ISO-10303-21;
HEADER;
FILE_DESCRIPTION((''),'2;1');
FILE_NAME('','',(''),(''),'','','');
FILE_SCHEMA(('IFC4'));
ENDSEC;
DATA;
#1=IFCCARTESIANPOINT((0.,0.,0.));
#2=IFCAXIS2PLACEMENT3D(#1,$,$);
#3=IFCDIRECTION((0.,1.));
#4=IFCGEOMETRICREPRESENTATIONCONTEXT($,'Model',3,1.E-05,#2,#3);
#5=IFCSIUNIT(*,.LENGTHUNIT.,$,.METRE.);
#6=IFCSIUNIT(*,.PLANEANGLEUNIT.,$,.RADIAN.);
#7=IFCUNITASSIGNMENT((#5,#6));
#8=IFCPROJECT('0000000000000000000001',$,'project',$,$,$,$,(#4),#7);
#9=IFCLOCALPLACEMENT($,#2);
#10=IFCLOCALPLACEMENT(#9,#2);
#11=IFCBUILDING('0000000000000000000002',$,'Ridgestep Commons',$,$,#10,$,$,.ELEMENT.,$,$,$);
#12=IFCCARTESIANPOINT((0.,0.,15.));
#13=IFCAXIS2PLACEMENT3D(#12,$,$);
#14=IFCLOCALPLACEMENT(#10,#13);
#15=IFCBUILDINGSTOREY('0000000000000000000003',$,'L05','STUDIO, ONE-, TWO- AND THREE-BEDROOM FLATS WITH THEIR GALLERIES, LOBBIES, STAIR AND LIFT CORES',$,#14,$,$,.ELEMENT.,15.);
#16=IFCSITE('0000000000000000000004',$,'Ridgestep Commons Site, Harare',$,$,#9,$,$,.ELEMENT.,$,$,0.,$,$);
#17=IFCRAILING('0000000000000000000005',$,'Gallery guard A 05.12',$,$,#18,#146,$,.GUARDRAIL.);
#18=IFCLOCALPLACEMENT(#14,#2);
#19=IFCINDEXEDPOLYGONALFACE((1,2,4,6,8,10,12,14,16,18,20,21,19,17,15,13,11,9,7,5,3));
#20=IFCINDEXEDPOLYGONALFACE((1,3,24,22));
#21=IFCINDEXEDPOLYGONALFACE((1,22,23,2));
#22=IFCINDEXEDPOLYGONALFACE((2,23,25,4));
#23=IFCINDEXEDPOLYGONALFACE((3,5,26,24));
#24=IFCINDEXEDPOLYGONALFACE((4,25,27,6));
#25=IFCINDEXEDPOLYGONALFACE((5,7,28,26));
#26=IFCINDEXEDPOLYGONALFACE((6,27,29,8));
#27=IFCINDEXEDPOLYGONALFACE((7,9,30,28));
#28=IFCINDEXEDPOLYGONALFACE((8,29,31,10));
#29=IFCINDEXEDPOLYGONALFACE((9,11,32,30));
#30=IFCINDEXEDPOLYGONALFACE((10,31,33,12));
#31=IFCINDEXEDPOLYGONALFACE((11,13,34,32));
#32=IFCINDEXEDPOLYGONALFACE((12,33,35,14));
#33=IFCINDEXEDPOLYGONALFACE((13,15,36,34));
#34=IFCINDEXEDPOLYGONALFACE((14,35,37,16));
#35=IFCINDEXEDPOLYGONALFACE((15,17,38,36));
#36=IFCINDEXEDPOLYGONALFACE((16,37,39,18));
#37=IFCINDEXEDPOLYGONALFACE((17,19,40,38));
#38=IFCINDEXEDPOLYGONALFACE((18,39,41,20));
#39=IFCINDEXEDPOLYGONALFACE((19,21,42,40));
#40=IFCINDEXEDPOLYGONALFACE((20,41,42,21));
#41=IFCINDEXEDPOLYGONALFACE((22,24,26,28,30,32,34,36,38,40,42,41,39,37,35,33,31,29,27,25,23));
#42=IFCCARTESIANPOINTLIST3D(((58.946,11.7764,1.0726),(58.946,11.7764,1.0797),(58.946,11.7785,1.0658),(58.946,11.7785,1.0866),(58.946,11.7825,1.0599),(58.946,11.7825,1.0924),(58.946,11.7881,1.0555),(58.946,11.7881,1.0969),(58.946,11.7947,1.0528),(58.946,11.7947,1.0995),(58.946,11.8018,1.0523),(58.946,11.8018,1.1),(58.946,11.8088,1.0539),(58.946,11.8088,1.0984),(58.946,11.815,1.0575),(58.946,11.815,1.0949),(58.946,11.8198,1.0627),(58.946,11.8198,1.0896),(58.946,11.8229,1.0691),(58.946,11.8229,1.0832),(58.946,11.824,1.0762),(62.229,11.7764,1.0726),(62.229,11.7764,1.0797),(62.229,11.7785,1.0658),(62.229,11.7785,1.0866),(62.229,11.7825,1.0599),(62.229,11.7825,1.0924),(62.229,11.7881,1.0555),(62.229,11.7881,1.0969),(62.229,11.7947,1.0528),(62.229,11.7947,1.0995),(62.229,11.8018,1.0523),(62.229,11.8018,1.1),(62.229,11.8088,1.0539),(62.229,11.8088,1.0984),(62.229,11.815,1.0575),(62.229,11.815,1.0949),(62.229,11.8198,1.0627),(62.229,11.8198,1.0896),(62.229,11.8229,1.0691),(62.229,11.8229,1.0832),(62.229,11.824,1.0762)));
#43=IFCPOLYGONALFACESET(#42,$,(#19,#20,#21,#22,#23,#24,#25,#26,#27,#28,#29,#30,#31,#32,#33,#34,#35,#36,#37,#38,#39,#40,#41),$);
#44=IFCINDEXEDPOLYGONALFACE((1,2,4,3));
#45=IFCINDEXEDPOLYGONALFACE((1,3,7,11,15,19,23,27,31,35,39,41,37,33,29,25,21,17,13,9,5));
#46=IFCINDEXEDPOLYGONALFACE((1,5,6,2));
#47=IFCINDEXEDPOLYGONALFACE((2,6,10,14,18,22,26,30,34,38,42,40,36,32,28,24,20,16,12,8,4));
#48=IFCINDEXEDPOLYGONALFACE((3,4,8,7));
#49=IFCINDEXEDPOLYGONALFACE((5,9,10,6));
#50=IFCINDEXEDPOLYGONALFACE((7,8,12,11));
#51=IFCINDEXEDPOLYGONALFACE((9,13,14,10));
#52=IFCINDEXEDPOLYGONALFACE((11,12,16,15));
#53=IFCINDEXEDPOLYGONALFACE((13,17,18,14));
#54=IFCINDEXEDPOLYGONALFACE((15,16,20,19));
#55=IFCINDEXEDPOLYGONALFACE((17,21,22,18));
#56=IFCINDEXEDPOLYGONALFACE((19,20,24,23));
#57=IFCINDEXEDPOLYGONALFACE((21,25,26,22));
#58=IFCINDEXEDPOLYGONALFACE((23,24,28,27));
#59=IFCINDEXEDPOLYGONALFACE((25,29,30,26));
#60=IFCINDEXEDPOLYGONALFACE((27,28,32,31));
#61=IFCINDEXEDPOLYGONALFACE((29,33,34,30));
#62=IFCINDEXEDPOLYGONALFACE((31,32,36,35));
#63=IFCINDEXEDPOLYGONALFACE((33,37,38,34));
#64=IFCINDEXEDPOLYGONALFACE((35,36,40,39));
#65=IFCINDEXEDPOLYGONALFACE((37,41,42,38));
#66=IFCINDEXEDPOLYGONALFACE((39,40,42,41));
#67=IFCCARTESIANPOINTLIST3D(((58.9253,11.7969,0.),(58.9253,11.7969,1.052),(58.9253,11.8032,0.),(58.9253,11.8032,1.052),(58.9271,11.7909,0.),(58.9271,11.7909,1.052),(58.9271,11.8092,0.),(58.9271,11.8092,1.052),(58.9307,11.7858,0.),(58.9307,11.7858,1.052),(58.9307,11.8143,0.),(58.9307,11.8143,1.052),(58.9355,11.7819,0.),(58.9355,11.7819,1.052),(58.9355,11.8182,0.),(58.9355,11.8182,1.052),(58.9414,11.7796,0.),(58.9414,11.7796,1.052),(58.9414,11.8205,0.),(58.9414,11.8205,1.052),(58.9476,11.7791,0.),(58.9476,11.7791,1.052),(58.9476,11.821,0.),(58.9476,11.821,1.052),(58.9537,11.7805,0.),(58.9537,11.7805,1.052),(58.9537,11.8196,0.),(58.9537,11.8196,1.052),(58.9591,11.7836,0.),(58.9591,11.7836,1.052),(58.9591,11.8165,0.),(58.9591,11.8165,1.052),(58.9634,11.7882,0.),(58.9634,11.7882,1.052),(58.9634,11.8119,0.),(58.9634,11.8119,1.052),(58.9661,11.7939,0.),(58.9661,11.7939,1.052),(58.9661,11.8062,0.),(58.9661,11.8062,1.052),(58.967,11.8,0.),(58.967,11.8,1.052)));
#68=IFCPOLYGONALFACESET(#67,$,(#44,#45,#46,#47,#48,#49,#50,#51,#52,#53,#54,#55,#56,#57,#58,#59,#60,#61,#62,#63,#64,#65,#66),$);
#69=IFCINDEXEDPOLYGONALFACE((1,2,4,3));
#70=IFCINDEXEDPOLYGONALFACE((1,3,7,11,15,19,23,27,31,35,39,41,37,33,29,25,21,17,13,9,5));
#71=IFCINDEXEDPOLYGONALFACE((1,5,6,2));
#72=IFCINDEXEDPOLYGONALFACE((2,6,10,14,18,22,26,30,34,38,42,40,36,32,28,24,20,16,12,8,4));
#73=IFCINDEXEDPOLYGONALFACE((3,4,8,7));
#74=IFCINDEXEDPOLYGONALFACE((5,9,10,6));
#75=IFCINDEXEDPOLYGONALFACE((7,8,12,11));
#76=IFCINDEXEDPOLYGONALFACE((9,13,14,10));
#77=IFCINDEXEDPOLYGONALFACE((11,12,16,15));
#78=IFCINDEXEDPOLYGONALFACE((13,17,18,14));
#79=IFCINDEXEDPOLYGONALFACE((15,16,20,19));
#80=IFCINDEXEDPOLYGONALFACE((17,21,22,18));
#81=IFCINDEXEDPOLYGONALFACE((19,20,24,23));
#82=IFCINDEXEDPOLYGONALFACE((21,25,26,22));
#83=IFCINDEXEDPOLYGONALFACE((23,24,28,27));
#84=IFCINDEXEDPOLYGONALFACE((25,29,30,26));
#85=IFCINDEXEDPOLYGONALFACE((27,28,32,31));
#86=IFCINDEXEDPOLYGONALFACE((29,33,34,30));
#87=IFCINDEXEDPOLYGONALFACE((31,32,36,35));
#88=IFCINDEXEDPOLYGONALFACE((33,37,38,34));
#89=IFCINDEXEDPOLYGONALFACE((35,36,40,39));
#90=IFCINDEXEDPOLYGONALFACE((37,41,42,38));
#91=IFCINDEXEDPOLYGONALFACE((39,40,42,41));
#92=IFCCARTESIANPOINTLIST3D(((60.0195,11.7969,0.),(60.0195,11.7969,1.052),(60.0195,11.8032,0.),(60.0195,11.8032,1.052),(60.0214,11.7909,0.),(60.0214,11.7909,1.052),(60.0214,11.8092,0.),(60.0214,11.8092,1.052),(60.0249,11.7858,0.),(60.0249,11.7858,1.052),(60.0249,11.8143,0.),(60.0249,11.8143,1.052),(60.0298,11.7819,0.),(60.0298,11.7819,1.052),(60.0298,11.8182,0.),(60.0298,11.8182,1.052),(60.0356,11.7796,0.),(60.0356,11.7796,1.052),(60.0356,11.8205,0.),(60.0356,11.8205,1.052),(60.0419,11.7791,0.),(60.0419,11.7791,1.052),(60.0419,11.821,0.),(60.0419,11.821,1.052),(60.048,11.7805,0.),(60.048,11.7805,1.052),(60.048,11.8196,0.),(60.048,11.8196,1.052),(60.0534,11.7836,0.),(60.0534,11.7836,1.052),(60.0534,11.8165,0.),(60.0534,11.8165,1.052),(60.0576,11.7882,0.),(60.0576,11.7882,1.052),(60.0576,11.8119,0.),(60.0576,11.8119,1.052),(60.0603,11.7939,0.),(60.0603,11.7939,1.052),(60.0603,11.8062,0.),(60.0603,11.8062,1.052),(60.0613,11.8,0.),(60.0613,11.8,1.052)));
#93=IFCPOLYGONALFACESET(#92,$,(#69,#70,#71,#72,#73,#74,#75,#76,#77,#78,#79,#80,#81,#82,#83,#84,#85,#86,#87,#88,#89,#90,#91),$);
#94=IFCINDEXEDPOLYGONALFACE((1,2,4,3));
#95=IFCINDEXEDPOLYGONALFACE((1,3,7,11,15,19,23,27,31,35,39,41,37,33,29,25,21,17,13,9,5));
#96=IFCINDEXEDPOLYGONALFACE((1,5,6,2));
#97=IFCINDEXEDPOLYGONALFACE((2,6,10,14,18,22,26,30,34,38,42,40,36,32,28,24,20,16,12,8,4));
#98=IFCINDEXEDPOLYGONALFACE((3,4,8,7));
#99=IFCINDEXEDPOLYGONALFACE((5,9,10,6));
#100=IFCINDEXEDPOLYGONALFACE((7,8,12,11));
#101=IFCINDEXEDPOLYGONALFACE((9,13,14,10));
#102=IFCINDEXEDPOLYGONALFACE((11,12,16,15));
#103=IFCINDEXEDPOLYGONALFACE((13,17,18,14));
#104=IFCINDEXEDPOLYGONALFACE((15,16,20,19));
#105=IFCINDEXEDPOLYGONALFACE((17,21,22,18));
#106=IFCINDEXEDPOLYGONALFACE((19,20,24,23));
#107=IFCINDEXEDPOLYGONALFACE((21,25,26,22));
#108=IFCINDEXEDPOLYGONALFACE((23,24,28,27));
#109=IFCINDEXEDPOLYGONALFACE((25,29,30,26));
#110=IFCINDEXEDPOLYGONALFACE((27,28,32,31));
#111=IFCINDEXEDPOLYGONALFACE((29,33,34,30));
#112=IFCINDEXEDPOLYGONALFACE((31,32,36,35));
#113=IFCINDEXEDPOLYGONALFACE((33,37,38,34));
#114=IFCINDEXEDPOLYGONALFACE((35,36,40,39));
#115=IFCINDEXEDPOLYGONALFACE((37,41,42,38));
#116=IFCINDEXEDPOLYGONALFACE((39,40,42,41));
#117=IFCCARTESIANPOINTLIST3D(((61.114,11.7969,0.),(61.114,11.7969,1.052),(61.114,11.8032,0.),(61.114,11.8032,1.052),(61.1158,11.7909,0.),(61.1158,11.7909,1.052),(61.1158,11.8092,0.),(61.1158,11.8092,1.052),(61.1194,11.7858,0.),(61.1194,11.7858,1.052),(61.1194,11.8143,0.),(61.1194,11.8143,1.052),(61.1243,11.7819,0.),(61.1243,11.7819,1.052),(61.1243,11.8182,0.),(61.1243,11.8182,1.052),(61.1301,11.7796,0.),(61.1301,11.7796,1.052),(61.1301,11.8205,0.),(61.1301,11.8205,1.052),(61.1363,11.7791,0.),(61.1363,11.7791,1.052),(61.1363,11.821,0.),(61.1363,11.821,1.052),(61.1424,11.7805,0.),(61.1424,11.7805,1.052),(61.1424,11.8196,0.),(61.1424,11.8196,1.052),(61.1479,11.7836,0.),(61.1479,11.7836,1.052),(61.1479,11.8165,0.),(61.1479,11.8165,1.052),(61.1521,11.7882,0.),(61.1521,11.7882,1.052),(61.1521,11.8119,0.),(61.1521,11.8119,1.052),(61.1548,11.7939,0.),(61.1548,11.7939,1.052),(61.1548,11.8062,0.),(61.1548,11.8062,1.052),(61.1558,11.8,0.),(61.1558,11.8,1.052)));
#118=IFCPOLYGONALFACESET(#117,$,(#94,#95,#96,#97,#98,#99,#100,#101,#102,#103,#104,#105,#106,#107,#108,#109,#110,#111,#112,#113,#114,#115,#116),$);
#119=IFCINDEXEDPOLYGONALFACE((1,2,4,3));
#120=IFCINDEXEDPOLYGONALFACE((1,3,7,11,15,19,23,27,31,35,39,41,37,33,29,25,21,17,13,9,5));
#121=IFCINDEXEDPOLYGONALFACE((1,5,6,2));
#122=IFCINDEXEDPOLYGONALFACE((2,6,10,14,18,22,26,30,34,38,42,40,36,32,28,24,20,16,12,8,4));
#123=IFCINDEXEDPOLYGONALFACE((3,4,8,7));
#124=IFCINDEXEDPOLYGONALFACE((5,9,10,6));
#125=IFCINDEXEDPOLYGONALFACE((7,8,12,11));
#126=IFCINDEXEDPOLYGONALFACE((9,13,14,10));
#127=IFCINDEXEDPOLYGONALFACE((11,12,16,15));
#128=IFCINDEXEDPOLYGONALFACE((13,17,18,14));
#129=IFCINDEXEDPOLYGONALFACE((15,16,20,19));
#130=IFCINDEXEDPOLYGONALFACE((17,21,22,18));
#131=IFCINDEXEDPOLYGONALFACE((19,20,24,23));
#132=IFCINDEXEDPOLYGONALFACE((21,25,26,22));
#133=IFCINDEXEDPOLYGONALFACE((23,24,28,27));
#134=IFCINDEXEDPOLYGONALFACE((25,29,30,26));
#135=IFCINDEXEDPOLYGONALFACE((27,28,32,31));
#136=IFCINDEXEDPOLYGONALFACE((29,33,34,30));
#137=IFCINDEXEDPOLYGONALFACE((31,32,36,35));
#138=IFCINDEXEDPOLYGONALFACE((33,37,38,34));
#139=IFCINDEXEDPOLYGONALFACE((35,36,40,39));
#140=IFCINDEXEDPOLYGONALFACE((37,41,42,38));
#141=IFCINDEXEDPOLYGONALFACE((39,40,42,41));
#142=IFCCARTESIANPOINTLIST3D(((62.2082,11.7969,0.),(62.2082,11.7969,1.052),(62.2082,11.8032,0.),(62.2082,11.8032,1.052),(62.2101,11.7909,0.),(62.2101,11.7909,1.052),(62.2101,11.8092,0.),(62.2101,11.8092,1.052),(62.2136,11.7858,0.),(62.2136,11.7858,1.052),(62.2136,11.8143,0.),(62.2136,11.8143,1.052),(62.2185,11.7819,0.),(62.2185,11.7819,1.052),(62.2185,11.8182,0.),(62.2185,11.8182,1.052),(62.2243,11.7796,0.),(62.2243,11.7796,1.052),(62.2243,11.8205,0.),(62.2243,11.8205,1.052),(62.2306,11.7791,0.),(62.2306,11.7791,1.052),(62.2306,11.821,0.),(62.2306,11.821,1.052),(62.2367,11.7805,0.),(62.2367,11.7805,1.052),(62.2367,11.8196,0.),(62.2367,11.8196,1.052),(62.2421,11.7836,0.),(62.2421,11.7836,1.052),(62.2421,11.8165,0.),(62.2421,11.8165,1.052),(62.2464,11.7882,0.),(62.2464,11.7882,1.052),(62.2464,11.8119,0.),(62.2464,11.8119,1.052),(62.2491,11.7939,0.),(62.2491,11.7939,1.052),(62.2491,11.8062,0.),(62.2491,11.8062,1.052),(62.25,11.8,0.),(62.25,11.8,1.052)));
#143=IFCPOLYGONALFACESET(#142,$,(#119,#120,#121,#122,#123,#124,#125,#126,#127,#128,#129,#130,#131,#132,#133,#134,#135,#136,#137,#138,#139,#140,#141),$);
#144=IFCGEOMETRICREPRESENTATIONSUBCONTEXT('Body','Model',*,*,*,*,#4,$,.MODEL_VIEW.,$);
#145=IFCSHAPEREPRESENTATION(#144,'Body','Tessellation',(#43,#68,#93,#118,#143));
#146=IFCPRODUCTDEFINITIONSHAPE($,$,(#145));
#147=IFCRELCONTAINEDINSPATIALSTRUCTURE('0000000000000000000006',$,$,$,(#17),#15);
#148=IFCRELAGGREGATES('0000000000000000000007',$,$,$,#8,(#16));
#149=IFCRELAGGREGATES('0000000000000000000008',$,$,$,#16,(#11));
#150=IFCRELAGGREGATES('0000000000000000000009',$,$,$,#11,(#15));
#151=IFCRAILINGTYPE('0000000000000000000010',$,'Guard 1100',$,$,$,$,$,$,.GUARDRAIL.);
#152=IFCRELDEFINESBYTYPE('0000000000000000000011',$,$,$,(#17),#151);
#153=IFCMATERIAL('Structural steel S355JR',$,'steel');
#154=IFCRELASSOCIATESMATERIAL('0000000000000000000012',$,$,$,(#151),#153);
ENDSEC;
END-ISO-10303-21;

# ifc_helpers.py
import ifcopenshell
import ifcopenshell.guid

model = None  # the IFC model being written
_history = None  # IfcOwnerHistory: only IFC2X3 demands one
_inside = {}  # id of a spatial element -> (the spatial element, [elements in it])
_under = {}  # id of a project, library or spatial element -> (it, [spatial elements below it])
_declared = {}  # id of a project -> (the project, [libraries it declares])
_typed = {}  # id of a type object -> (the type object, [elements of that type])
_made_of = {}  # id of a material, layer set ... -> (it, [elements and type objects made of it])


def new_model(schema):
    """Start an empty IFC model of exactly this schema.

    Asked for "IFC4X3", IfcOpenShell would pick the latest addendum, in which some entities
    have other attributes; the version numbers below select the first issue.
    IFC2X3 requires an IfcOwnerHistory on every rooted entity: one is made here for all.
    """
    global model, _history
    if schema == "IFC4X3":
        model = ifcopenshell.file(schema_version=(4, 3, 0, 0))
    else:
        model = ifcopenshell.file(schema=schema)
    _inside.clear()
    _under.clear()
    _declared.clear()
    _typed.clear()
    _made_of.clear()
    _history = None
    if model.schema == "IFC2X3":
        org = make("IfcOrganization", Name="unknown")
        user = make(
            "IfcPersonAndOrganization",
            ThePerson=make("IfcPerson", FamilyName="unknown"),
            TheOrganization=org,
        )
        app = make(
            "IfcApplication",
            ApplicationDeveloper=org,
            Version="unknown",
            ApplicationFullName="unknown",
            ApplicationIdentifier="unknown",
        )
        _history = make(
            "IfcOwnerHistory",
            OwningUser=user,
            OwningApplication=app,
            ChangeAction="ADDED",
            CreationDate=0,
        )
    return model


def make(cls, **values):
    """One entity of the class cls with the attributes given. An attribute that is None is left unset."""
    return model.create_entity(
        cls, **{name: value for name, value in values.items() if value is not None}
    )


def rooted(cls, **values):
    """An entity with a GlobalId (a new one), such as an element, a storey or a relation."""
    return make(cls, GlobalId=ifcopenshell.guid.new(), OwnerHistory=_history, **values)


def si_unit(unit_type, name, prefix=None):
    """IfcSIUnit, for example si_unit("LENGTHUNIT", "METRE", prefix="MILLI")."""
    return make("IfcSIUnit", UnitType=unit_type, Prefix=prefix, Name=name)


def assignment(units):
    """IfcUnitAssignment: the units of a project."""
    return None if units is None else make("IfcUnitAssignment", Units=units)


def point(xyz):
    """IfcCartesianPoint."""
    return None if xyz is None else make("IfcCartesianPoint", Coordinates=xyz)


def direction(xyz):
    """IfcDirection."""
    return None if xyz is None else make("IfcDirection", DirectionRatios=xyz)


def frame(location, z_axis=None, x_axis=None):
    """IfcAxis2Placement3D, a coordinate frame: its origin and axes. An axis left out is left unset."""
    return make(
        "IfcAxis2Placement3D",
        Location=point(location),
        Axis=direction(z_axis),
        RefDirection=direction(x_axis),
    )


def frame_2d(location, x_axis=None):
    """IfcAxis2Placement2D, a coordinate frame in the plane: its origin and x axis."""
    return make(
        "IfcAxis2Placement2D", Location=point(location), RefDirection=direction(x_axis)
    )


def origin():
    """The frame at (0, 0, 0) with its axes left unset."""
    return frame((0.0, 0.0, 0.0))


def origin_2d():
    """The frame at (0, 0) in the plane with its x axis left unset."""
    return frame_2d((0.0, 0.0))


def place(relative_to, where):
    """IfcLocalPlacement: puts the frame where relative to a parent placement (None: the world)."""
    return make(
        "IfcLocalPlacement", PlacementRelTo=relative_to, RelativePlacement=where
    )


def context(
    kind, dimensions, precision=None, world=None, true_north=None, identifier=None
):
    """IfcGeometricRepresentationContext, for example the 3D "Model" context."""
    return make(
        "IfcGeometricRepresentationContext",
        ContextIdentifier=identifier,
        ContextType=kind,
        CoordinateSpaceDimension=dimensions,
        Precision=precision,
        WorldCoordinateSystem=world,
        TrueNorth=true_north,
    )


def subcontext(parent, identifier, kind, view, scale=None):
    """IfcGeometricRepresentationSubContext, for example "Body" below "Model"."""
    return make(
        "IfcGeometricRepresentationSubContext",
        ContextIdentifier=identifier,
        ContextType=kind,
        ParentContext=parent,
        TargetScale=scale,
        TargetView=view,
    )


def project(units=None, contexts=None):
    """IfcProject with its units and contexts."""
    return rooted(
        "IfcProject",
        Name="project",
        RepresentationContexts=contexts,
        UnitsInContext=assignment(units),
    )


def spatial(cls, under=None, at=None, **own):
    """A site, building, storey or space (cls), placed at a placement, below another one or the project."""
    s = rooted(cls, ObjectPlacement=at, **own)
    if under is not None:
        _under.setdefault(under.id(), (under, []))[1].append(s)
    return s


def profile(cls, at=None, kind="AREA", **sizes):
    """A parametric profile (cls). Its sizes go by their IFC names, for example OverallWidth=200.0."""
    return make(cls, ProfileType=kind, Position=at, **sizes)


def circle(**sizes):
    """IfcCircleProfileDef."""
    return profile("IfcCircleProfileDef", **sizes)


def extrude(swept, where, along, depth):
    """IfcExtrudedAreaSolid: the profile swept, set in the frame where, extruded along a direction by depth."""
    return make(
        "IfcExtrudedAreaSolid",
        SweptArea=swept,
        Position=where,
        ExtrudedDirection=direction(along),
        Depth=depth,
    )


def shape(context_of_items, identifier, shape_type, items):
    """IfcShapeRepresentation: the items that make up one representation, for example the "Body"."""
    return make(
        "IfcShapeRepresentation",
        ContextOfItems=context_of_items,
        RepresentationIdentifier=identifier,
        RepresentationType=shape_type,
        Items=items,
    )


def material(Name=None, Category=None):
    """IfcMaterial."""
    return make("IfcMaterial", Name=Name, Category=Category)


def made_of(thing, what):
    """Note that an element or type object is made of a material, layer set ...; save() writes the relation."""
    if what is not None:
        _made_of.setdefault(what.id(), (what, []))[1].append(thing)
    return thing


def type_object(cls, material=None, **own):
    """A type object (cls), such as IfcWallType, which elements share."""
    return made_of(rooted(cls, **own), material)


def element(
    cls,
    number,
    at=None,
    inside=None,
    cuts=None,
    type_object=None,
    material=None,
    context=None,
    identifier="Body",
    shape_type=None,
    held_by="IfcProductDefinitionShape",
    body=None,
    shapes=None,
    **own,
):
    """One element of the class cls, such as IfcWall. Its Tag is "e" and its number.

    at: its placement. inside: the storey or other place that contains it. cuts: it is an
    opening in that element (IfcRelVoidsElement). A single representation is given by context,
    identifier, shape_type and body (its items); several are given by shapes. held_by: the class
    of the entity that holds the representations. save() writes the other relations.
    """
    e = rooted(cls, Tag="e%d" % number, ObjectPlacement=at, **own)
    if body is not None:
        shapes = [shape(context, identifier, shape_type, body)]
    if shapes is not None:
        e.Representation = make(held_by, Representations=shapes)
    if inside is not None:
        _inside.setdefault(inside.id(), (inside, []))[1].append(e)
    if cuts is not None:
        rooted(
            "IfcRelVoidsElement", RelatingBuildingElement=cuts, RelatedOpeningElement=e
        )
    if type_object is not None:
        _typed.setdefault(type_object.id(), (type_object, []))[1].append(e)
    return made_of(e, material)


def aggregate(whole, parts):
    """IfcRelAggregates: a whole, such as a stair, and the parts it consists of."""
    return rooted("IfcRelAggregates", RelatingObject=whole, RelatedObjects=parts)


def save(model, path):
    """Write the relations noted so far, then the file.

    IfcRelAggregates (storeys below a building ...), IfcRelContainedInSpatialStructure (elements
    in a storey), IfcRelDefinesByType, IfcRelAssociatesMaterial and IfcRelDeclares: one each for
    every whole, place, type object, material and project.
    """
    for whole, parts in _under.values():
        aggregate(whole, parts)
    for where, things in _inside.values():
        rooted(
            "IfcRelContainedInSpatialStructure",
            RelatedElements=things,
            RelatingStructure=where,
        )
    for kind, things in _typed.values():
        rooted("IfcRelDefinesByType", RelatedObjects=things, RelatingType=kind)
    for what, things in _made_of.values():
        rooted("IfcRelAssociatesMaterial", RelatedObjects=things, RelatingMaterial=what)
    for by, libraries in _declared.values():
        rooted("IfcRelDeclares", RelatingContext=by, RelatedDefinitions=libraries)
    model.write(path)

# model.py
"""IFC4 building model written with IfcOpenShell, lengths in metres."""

from ifc_helpers import new_model, si_unit, direction, frame, origin, origin_2d, place, context, subcontext, project, spatial, circle, extrude, material, type_object, element, save


model = new_model("IFC4")

# Units and contexts
model_context = context("Model", 3, precision=1e-05, world=origin(), true_north=direction((0.0, 1.0)))
body_context = subcontext(model_context, "Body", "Model", "MODEL_VIEW")
ifc_project = project(units=[si_unit("LENGTHUNIT", "METRE"), si_unit("PLANEANGLEUNIT", "RADIAN")], contexts=[model_context])

# Site, building, storey
site_placement = place(None, origin())
site = spatial("IfcSite", under=ifc_project, at=site_placement, Name="Ridgestep Commons Site, Harare", CompositionType="ELEMENT", RefElevation=0.0)
building_placement = place(site_placement, origin())
building = spatial("IfcBuilding", under=site, at=building_placement, Name="Ridgestep Commons", CompositionType="ELEMENT")
storey_placement = place(building_placement, frame((0.0, 0.0, 15.0)))
storey = spatial("IfcBuildingStorey", under=building, at=storey_placement, Name="L05", Description="STUDIO, ONE-, TWO- AND THREE-BEDROOM FLATS WITH THEIR GALLERIES, LOBBIES, STAIR AND LIFT CORES", CompositionType="ELEMENT", Elevation=15.0)

# Railing
ifc_material_1 = material(Name="Structural steel S355JR", Category="steel")
railing_type = type_object("IfcRailingType", Name="Guard 1100", PredefinedType="GUARDRAIL", material=ifc_material_1)
for number, where, name in (
    (1, (58.946, 11.8, 0.0), "Gallery guard A 05.12"),
):
    element("IfcRailing", number, at=place(storey_placement, frame(where)), inside=storey, type_object=railing_type, Name=name, PredefinedType="GUARDRAIL", context=body_context, shape_type="SweptSolid", body=[
        extrude(circle(Radius=0.0239, at=origin_2d()), frame((0.0, 0.0, 1.0762), z_axis=(1.0, 0.0, 0.0), x_axis=(0.0, 1.0, 0.0)), (0.0, 0.0, 1.0), 3.283),
        extrude(circle(Radius=0.021, at=origin_2d()), origin(), (0.0, 0.0, 1.0), 1.052),
        extrude(circle(Radius=0.021, at=origin_2d()), frame((1.0942, 0.0, 0.0)), (0.0, 0.0, 1.0), 1.052),
        extrude(circle(Radius=0.021, at=origin_2d()), frame((2.1887, 0.0, 0.0)), (0.0, 0.0, 1.0), 1.052),
        extrude(circle(Radius=0.021, at=origin_2d()), frame((3.283, 0.0, 0.0)), (0.0, 0.0, 1.0), 1.052),
    ])

save(model, "model.ifc")
